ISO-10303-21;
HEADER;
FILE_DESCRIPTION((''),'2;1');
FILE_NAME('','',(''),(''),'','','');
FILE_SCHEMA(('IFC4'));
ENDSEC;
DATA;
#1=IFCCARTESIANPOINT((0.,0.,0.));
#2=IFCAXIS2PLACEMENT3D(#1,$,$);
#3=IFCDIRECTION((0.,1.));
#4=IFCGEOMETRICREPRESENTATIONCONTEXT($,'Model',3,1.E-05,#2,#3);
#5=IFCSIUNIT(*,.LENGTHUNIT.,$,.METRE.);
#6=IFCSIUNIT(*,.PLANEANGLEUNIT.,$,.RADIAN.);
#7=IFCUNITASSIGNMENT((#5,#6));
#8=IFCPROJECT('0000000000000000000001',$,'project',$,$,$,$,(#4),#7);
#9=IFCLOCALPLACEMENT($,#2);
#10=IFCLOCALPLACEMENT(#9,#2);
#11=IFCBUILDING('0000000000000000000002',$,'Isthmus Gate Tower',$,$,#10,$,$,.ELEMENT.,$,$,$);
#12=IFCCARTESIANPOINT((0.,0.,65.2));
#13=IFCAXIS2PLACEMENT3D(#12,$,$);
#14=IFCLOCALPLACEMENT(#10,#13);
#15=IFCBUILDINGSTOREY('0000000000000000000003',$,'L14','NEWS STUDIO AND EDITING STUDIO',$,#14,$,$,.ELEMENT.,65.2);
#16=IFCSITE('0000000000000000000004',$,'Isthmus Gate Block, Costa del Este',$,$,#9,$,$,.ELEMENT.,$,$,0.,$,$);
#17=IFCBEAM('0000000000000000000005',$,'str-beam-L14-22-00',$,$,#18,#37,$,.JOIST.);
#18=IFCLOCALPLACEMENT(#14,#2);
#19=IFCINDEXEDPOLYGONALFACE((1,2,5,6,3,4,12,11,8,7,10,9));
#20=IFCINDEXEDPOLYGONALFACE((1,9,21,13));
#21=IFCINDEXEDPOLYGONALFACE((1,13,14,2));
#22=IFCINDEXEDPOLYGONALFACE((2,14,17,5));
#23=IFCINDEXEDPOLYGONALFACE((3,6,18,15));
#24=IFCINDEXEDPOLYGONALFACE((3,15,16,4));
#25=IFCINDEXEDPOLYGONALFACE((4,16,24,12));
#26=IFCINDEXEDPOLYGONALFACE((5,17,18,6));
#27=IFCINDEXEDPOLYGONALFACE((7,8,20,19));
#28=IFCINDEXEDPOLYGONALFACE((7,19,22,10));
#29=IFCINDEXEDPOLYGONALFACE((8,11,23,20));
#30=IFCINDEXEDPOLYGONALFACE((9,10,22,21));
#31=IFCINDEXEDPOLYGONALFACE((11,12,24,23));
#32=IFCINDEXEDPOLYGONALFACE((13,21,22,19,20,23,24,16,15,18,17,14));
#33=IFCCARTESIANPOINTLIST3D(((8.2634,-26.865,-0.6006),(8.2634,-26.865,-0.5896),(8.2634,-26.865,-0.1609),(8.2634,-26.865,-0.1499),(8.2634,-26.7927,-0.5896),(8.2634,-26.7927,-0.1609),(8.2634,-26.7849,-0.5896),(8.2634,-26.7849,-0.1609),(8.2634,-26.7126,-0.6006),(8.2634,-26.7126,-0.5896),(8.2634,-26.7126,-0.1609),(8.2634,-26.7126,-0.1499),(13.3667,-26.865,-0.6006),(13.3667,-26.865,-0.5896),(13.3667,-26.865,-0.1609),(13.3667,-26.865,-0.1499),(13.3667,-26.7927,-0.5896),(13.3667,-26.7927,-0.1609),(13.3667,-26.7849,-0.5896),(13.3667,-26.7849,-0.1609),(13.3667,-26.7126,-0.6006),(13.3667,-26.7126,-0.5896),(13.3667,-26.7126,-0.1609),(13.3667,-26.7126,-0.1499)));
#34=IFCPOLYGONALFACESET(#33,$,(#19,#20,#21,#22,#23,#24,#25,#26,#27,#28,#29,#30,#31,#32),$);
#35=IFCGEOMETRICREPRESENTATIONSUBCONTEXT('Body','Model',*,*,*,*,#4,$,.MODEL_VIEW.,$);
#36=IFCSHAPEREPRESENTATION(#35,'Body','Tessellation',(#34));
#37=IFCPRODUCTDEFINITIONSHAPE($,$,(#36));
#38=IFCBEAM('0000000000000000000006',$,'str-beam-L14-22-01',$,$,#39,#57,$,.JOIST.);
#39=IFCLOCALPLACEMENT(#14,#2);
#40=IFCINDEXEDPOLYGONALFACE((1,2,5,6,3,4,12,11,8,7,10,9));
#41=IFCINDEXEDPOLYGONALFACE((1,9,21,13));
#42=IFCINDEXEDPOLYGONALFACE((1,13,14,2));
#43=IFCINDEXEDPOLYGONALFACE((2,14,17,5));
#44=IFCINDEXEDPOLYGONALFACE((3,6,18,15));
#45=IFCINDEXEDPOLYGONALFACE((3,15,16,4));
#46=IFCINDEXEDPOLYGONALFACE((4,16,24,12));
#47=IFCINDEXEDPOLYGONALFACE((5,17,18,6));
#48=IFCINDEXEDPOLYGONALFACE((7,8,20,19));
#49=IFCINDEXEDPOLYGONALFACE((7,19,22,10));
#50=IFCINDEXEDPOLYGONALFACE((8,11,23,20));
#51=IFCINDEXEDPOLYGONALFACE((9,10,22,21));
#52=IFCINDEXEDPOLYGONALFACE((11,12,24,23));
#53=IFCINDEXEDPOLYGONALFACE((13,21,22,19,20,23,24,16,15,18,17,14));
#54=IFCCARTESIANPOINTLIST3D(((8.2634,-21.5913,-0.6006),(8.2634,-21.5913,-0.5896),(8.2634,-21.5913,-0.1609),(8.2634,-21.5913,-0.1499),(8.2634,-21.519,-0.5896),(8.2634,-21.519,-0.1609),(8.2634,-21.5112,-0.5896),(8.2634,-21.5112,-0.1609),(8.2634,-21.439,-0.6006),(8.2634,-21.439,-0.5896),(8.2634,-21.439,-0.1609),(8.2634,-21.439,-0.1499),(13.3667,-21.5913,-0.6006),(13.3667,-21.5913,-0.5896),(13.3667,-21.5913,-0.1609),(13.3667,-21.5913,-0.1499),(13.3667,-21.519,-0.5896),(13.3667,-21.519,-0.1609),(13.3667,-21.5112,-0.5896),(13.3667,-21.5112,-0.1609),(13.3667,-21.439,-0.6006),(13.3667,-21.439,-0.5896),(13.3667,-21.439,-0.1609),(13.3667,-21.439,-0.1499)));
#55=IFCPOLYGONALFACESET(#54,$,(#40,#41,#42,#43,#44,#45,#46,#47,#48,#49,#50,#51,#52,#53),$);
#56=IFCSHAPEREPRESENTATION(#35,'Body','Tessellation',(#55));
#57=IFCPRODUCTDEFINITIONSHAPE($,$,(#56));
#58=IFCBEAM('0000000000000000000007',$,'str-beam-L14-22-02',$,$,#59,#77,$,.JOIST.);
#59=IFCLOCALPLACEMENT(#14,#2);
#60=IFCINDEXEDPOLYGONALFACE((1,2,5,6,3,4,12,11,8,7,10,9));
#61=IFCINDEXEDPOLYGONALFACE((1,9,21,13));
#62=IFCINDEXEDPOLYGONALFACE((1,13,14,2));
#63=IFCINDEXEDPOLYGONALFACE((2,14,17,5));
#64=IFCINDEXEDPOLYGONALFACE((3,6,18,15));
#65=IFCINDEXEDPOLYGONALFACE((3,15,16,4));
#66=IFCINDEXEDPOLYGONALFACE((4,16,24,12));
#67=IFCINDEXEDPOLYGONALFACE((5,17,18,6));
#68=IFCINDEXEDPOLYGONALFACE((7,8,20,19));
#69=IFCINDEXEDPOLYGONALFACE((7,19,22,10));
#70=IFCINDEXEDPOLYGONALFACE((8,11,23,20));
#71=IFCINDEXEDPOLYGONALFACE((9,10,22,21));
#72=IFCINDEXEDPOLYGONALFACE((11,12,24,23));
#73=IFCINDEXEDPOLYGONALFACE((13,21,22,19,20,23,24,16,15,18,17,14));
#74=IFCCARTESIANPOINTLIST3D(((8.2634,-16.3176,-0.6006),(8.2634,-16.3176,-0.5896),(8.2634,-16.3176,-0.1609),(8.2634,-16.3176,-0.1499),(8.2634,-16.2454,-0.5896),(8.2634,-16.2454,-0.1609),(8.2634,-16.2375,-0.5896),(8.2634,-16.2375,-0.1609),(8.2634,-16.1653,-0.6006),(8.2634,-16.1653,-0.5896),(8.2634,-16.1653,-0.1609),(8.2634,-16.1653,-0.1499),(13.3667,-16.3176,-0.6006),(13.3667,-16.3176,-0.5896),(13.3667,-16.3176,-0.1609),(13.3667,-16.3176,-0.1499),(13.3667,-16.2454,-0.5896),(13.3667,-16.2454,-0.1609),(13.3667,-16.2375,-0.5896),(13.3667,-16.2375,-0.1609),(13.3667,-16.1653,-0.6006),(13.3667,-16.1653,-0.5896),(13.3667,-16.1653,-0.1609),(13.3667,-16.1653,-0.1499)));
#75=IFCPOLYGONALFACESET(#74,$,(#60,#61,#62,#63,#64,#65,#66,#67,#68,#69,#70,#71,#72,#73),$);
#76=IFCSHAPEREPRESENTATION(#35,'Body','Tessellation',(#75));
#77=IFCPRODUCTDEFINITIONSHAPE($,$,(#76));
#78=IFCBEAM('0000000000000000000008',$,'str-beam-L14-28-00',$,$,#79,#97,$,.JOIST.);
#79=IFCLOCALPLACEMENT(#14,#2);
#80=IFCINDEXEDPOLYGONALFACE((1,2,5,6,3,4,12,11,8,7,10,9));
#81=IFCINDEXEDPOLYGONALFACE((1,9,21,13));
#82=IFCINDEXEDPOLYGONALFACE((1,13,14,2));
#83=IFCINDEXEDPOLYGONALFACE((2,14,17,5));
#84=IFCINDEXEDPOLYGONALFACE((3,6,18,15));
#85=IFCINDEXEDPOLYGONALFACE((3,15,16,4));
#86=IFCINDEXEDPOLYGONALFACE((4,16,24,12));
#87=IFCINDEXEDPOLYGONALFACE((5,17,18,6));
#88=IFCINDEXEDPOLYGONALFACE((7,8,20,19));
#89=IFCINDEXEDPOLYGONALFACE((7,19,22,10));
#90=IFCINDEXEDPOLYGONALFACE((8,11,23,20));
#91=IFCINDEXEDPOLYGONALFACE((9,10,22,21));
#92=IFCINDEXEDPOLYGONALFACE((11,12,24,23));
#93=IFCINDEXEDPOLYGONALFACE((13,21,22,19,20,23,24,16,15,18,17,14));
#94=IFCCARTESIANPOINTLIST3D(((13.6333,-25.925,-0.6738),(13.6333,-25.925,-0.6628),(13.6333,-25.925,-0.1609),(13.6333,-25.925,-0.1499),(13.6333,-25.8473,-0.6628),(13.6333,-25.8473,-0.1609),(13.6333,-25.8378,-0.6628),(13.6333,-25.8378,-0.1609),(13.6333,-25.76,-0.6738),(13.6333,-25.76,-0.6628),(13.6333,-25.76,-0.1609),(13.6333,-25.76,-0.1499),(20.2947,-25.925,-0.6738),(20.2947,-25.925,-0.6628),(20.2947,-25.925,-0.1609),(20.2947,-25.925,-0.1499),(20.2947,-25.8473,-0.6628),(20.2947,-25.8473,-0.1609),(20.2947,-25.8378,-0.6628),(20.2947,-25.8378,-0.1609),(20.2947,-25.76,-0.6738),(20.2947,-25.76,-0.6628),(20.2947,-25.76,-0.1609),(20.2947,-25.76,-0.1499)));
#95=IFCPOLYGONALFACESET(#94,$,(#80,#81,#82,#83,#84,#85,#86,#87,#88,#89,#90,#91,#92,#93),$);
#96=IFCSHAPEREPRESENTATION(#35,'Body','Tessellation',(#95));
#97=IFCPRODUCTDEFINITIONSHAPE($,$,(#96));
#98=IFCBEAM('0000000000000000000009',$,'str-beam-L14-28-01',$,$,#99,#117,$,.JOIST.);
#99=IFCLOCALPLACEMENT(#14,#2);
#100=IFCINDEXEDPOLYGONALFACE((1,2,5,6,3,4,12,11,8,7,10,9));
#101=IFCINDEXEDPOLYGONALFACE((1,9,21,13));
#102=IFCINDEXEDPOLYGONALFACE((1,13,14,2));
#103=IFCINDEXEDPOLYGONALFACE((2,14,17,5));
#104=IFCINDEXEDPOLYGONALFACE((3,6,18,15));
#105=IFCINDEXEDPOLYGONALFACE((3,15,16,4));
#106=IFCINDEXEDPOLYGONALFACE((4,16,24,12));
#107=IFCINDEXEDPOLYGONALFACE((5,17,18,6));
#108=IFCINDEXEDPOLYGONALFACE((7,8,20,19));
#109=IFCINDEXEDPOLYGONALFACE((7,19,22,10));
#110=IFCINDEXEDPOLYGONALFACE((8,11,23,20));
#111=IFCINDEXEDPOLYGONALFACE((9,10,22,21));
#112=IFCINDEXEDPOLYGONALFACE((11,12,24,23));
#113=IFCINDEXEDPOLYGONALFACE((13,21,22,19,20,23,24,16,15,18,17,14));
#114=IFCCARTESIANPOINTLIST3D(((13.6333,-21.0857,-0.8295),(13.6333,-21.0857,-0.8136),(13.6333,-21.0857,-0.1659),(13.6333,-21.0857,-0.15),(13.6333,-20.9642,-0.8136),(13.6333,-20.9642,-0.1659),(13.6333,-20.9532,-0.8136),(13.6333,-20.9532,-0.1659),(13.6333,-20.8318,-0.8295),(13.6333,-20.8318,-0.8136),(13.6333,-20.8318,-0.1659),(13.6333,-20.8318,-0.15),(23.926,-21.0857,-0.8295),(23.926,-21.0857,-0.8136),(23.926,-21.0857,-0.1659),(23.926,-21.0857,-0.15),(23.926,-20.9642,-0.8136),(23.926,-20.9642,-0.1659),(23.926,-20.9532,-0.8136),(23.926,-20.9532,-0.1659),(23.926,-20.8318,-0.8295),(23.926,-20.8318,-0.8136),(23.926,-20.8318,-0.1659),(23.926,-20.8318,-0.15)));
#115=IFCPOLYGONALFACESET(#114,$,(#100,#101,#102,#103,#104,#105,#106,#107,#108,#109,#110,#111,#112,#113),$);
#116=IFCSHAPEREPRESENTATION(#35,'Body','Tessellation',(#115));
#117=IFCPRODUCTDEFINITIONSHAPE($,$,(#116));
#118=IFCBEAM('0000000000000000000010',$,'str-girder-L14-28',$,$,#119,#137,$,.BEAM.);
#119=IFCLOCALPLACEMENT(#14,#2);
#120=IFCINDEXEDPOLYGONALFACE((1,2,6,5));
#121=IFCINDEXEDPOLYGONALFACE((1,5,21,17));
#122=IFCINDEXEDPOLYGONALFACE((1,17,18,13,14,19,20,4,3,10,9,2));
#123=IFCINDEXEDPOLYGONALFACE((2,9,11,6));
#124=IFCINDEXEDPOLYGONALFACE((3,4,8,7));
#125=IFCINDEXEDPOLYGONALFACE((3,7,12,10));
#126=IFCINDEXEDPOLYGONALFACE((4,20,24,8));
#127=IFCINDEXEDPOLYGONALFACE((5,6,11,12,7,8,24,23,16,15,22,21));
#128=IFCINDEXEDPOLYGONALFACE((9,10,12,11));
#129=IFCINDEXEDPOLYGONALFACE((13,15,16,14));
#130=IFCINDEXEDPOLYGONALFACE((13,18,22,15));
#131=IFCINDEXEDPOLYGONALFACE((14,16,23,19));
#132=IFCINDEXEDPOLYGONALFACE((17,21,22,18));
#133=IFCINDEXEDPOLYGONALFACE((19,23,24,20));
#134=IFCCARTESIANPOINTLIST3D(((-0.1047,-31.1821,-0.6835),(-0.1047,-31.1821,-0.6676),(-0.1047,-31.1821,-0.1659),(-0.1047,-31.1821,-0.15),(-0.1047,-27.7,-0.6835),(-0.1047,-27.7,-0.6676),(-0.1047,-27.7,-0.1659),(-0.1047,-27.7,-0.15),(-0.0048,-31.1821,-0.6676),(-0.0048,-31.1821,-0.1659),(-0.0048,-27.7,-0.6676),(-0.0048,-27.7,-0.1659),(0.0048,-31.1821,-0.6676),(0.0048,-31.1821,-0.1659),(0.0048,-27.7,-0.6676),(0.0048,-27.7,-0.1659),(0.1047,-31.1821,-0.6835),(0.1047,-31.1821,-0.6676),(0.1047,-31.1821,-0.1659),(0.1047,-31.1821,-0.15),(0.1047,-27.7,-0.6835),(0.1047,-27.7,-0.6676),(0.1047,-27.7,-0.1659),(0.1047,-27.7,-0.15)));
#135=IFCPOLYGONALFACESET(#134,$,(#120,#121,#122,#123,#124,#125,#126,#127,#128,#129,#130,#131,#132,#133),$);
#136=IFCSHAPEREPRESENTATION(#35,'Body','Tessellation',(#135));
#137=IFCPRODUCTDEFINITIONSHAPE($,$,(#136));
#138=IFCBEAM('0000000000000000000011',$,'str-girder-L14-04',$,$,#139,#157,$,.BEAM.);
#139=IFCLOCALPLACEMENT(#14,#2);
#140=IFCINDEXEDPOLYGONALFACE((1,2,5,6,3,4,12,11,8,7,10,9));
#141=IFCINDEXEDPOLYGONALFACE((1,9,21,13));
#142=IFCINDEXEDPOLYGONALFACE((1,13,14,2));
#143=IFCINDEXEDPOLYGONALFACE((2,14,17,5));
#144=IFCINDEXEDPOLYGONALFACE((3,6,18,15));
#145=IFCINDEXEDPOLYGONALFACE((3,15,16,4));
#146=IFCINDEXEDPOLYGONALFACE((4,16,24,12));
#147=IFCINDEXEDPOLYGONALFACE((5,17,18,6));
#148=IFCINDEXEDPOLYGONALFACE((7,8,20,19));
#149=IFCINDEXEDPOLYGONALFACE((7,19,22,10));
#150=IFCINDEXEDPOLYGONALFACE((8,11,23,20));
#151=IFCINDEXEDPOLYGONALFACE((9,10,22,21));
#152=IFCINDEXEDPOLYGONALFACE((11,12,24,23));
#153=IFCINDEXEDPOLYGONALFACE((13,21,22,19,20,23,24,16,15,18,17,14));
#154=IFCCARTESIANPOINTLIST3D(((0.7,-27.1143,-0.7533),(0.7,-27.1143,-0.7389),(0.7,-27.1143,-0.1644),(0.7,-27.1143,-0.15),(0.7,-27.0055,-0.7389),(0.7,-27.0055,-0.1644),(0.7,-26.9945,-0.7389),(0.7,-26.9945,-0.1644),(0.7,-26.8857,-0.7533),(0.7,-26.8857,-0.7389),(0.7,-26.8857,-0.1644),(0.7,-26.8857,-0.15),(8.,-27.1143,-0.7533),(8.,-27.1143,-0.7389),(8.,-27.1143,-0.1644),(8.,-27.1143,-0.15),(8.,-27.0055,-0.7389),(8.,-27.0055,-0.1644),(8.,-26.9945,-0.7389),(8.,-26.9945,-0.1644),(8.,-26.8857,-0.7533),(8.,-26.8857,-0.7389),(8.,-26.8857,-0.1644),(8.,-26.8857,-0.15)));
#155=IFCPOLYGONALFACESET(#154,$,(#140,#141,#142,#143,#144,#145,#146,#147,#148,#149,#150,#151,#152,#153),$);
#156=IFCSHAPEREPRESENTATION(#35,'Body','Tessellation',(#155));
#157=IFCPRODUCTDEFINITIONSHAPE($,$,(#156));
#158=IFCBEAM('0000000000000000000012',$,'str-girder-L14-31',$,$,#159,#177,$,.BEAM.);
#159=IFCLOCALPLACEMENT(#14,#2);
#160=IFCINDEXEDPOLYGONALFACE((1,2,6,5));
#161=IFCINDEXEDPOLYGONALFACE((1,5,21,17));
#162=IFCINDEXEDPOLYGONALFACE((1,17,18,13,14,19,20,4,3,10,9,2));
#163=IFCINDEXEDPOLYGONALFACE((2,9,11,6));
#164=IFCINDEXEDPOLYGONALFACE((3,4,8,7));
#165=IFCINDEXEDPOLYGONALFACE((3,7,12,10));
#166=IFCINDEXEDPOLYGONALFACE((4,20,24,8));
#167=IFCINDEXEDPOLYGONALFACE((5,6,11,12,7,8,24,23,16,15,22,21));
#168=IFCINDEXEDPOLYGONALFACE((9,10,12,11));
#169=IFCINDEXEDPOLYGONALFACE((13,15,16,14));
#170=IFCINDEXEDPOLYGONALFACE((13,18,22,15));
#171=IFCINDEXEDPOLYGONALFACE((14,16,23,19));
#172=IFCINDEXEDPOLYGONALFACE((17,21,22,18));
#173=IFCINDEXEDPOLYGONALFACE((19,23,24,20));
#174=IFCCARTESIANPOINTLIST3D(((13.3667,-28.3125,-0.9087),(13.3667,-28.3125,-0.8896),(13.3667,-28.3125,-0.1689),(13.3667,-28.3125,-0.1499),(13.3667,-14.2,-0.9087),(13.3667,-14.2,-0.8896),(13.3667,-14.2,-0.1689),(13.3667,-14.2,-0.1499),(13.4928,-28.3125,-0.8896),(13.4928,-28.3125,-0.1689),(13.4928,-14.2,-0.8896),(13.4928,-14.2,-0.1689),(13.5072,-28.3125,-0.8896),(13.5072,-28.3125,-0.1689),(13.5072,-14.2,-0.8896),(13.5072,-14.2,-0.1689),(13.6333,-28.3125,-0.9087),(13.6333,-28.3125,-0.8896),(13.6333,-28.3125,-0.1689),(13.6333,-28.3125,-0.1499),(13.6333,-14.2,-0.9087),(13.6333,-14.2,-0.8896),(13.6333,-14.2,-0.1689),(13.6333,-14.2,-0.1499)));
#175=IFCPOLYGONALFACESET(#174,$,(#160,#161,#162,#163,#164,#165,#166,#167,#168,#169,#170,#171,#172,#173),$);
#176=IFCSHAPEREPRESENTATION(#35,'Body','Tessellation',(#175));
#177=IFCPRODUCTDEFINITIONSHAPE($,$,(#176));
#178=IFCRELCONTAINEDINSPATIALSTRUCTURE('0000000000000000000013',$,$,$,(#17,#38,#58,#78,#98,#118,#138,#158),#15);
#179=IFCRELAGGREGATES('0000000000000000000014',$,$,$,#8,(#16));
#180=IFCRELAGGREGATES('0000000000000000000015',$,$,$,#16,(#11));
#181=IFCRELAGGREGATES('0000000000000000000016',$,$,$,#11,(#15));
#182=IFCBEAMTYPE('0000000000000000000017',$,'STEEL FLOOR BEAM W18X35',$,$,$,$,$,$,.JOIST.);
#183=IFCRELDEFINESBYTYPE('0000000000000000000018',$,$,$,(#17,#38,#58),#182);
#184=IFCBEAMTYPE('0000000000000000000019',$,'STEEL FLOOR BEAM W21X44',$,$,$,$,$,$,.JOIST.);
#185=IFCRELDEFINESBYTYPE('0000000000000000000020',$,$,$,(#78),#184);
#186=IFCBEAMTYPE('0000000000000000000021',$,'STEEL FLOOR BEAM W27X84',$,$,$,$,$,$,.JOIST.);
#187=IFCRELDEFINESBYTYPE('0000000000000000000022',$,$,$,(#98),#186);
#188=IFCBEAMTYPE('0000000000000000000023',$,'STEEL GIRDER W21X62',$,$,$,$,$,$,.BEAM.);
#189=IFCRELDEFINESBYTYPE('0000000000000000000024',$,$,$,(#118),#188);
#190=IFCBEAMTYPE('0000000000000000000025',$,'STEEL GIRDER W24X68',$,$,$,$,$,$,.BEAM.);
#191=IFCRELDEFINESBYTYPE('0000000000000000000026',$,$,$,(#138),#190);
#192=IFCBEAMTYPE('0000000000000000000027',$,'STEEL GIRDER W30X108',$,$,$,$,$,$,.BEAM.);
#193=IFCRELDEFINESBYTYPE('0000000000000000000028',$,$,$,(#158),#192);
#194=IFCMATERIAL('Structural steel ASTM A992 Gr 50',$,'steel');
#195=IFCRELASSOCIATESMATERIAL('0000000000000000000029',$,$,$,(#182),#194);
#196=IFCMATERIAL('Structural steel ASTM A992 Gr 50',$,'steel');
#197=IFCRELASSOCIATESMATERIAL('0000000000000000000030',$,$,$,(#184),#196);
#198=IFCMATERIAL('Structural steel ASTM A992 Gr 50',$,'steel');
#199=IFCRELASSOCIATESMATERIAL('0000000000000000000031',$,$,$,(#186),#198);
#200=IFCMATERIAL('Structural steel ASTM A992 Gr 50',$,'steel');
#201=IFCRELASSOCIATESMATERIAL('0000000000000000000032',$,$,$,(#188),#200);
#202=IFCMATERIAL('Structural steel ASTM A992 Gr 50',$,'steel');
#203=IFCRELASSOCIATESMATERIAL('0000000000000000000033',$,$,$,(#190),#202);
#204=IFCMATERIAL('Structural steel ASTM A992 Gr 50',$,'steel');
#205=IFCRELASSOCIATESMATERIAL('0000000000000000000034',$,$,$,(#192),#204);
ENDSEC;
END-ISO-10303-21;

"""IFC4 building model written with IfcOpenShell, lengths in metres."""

from ifc_helpers import new_model, si_unit, direction, frame, origin, origin_2d, place, context, subcontext, project, spatial, i_section, extrude, material, material_profile, profile_set, type_object, element, save


model = new_model("IFC4")

# Units and contexts
model_context = context("Model", 3, precision=1e-05, world=origin(), true_north=direction((0.0, 1.0)))
body_context = subcontext(model_context, "Body", "Model", "MODEL_VIEW")
ifc_project = project(units=[si_unit("LENGTHUNIT", "METRE"), si_unit("PLANEANGLEUNIT", "RADIAN")], contexts=[model_context])

# Site, building, storey
site_placement = place(None, origin())
site = spatial("IfcSite", under=ifc_project, at=site_placement, Name="Isthmus Gate Block, Costa del Este", CompositionType="ELEMENT", RefElevation=0.0)
building_placement = place(site_placement, origin())
building = spatial("IfcBuilding", under=site, at=building_placement, Name="Isthmus Gate Tower", CompositionType="ELEMENT")
storey_placement = place(building_placement, frame((0.0, 0.0, 65.2)))
storey = spatial("IfcBuildingStorey", under=building, at=storey_placement, Name="L14", Description="NEWS STUDIO AND EDITING STUDIO", CompositionType="ELEMENT", Elevation=65.2)

# Beams
ifc_material_1 = material(Name="Structural steel ASTM A992 Gr 50", Category="steel")
ifc_material_profile_1 = material_profile(ifc_material_1, i_section(OverallWidth=0.1523, OverallDepth=0.4507, WebThickness=0.0078, FlangeThickness=0.011, at=origin_2d()), Name="W18X35")
ifc_profile_set_1 = profile_set([ifc_material_profile_1], Name="Structural steel ASTM A992 Gr 50")
beam_type_1 = type_object("IfcBeamType", Name="STEEL FLOOR BEAM W18X35", PredefinedType="JOIST", material=ifc_profile_set_1)
for number, where, z_axis, x_axis, name in (
    (1, (8.2634, -26.7888, -0.3752), (1.0, 0.0, 0.0), (0.0, 1.0, 0.0), "str-beam-L14-22-00"),
    (2, (8.2634, -21.5151, -0.3752), (1.0, 0.0, 0.0), (0.0, 1.0, 0.0), "str-beam-L14-22-01"),
    (3, (8.2634, -16.2415, -0.3752), (1.0, 0.0, 0.0), (0.0, 1.0, 0.0), "str-beam-L14-22-02"),
):
    element("IfcBeam", number, at=place(storey_placement, frame(where, z_axis=z_axis, x_axis=x_axis)), inside=storey, type_object=beam_type_1, Name=name, PredefinedType="JOIST", context=body_context, shape_type="SweptSolid", body=[
        extrude(i_section(OverallWidth=0.1523, OverallDepth=0.4507, WebThickness=0.0078, FlangeThickness=0.011, at=origin_2d()), origin(), (0.0, 0.0, 1.0), 5.1033),
    ])
ifc_material_2 = material(Name="Structural steel ASTM A992 Gr 50", Category="steel")
ifc_material_profile_2 = material_profile(ifc_material_2, i_section(OverallWidth=0.165, OverallDepth=0.5239, WebThickness=0.0095, FlangeThickness=0.011, at=origin_2d()), Name="W21X44")
ifc_profile_set_2 = profile_set([ifc_material_profile_2], Name="Structural steel ASTM A992 Gr 50")
beam_type_2 = type_object("IfcBeamType", Name="STEEL FLOOR BEAM W21X44", PredefinedType="JOIST", material=ifc_profile_set_2)
beam_1_placement = place(storey_placement, frame((13.6333, -25.8425, -0.4119), z_axis=(1.0, 0.0, 0.0), x_axis=(0.0, 1.0, 0.0)))
element("IfcBeam", 4, at=beam_1_placement, inside=storey, type_object=beam_type_2, Name="str-beam-L14-28-00", PredefinedType="JOIST", context=body_context, shape_type="SweptSolid", body=[
    extrude(i_section(OverallWidth=0.165, OverallDepth=0.5239, WebThickness=0.0095, FlangeThickness=0.011, at=origin_2d()), origin(), (0.0, 0.0, 1.0), 6.6614),
])
ifc_material_3 = material(Name="Structural steel ASTM A992 Gr 50", Category="steel")
ifc_material_profile_3 = material_profile(ifc_material_3, i_section(OverallWidth=0.2539, OverallDepth=0.6794, WebThickness=0.011, FlangeThickness=0.0159, at=origin_2d()), Name="W27X84")
ifc_profile_set_3 = profile_set([ifc_material_profile_3], Name="Structural steel ASTM A992 Gr 50")
beam_type_3 = type_object("IfcBeamType", Name="STEEL FLOOR BEAM W27X84", PredefinedType="JOIST", material=ifc_profile_set_3)
beam_2_placement = place(storey_placement, frame((13.6333, -20.9587, -0.4897), z_axis=(1.0, 0.0, 0.0), x_axis=(0.0, 1.0, 0.0)))
element("IfcBeam", 5, at=beam_2_placement, inside=storey, type_object=beam_type_3, Name="str-beam-L14-28-01", PredefinedType="JOIST", context=body_context, shape_type="SweptSolid", body=[
    extrude(i_section(OverallWidth=0.2539, OverallDepth=0.6794, WebThickness=0.011, FlangeThickness=0.0159, at=origin_2d()), origin(), (0.0, 0.0, 1.0), 10.2927),
])
ifc_material_4 = material(Name="Structural steel ASTM A992 Gr 50", Category="steel")
ifc_material_profile_4 = material_profile(ifc_material_4, i_section(OverallWidth=0.2095, OverallDepth=0.5334, WebThickness=0.0095, FlangeThickness=0.0159, at=origin_2d()), Name="W21X62")
ifc_profile_set_4 = profile_set([ifc_material_profile_4], Name="Structural steel ASTM A992 Gr 50")
beam_type_4 = type_object("IfcBeamType", Name="STEEL GIRDER W21X62", PredefinedType="BEAM", material=ifc_profile_set_4)
beam_3_placement = place(storey_placement, frame((0.0, -31.1821, -0.4167), z_axis=(0.0, 1.0, 0.0), x_axis=(-1.0, 0.0, 0.0)))
element("IfcBeam", 6, at=beam_3_placement, inside=storey, type_object=beam_type_4, Name="str-girder-L14-28", PredefinedType="BEAM", context=body_context, shape_type="SweptSolid", body=[
    extrude(i_section(OverallWidth=0.2095, OverallDepth=0.5334, WebThickness=0.0095, FlangeThickness=0.0159, at=origin_2d()), origin(), (0.0, 0.0, 1.0), 3.4822),
])
ifc_material_5 = material(Name="Structural steel ASTM A992 Gr 50", Category="steel")
ifc_material_profile_5 = material_profile(ifc_material_5, i_section(OverallWidth=0.2285, OverallDepth=0.6033, WebThickness=0.011, FlangeThickness=0.0144, at=origin_2d()), Name="W24X68")
ifc_profile_set_5 = profile_set([ifc_material_profile_5], Name="Structural steel ASTM A992 Gr 50")
beam_type_5 = type_object("IfcBeamType", Name="STEEL GIRDER W24X68", PredefinedType="BEAM", material=ifc_profile_set_5)
beam_4_placement = place(storey_placement, frame((0.7, -27.0, -0.4517), z_axis=(1.0, 0.0, 0.0), x_axis=(0.0, 1.0, 0.0)))
element("IfcBeam", 7, at=beam_4_placement, inside=storey, type_object=beam_type_5, Name="str-girder-L14-04", PredefinedType="BEAM", context=body_context, shape_type="SweptSolid", body=[
    extrude(i_section(OverallWidth=0.2285, OverallDepth=0.6033, WebThickness=0.011, FlangeThickness=0.0144, at=origin_2d()), origin(), (0.0, 0.0, 1.0), 7.3),
])
ifc_material_6 = material(Name="Structural steel ASTM A992 Gr 50", Category="steel")
ifc_material_profile_6 = material_profile(ifc_material_6, i_section(OverallWidth=0.2666, OverallDepth=0.7588, WebThickness=0.0144, FlangeThickness=0.019, at=origin_2d()), Name="W30X108")
ifc_profile_set_6 = profile_set([ifc_material_profile_6], Name="Structural steel ASTM A992 Gr 50")
beam_type_6 = type_object("IfcBeamType", Name="STEEL GIRDER W30X108", PredefinedType="BEAM", material=ifc_profile_set_6)
beam_5_placement = place(storey_placement, frame((13.5, -28.3125, -0.5293), z_axis=(0.0, 1.0, 0.0), x_axis=(-1.0, 0.0, 0.0)))
element("IfcBeam", 8, at=beam_5_placement, inside=storey, type_object=beam_type_6, Name="str-girder-L14-31", PredefinedType="BEAM", context=body_context, shape_type="SweptSolid", body=[
    extrude(i_section(OverallWidth=0.2666, OverallDepth=0.7588, WebThickness=0.0144, FlangeThickness=0.019, at=origin_2d()), origin(), (0.0, 0.0, 1.0), 14.1125),
])

save(model, "model.ifc")
